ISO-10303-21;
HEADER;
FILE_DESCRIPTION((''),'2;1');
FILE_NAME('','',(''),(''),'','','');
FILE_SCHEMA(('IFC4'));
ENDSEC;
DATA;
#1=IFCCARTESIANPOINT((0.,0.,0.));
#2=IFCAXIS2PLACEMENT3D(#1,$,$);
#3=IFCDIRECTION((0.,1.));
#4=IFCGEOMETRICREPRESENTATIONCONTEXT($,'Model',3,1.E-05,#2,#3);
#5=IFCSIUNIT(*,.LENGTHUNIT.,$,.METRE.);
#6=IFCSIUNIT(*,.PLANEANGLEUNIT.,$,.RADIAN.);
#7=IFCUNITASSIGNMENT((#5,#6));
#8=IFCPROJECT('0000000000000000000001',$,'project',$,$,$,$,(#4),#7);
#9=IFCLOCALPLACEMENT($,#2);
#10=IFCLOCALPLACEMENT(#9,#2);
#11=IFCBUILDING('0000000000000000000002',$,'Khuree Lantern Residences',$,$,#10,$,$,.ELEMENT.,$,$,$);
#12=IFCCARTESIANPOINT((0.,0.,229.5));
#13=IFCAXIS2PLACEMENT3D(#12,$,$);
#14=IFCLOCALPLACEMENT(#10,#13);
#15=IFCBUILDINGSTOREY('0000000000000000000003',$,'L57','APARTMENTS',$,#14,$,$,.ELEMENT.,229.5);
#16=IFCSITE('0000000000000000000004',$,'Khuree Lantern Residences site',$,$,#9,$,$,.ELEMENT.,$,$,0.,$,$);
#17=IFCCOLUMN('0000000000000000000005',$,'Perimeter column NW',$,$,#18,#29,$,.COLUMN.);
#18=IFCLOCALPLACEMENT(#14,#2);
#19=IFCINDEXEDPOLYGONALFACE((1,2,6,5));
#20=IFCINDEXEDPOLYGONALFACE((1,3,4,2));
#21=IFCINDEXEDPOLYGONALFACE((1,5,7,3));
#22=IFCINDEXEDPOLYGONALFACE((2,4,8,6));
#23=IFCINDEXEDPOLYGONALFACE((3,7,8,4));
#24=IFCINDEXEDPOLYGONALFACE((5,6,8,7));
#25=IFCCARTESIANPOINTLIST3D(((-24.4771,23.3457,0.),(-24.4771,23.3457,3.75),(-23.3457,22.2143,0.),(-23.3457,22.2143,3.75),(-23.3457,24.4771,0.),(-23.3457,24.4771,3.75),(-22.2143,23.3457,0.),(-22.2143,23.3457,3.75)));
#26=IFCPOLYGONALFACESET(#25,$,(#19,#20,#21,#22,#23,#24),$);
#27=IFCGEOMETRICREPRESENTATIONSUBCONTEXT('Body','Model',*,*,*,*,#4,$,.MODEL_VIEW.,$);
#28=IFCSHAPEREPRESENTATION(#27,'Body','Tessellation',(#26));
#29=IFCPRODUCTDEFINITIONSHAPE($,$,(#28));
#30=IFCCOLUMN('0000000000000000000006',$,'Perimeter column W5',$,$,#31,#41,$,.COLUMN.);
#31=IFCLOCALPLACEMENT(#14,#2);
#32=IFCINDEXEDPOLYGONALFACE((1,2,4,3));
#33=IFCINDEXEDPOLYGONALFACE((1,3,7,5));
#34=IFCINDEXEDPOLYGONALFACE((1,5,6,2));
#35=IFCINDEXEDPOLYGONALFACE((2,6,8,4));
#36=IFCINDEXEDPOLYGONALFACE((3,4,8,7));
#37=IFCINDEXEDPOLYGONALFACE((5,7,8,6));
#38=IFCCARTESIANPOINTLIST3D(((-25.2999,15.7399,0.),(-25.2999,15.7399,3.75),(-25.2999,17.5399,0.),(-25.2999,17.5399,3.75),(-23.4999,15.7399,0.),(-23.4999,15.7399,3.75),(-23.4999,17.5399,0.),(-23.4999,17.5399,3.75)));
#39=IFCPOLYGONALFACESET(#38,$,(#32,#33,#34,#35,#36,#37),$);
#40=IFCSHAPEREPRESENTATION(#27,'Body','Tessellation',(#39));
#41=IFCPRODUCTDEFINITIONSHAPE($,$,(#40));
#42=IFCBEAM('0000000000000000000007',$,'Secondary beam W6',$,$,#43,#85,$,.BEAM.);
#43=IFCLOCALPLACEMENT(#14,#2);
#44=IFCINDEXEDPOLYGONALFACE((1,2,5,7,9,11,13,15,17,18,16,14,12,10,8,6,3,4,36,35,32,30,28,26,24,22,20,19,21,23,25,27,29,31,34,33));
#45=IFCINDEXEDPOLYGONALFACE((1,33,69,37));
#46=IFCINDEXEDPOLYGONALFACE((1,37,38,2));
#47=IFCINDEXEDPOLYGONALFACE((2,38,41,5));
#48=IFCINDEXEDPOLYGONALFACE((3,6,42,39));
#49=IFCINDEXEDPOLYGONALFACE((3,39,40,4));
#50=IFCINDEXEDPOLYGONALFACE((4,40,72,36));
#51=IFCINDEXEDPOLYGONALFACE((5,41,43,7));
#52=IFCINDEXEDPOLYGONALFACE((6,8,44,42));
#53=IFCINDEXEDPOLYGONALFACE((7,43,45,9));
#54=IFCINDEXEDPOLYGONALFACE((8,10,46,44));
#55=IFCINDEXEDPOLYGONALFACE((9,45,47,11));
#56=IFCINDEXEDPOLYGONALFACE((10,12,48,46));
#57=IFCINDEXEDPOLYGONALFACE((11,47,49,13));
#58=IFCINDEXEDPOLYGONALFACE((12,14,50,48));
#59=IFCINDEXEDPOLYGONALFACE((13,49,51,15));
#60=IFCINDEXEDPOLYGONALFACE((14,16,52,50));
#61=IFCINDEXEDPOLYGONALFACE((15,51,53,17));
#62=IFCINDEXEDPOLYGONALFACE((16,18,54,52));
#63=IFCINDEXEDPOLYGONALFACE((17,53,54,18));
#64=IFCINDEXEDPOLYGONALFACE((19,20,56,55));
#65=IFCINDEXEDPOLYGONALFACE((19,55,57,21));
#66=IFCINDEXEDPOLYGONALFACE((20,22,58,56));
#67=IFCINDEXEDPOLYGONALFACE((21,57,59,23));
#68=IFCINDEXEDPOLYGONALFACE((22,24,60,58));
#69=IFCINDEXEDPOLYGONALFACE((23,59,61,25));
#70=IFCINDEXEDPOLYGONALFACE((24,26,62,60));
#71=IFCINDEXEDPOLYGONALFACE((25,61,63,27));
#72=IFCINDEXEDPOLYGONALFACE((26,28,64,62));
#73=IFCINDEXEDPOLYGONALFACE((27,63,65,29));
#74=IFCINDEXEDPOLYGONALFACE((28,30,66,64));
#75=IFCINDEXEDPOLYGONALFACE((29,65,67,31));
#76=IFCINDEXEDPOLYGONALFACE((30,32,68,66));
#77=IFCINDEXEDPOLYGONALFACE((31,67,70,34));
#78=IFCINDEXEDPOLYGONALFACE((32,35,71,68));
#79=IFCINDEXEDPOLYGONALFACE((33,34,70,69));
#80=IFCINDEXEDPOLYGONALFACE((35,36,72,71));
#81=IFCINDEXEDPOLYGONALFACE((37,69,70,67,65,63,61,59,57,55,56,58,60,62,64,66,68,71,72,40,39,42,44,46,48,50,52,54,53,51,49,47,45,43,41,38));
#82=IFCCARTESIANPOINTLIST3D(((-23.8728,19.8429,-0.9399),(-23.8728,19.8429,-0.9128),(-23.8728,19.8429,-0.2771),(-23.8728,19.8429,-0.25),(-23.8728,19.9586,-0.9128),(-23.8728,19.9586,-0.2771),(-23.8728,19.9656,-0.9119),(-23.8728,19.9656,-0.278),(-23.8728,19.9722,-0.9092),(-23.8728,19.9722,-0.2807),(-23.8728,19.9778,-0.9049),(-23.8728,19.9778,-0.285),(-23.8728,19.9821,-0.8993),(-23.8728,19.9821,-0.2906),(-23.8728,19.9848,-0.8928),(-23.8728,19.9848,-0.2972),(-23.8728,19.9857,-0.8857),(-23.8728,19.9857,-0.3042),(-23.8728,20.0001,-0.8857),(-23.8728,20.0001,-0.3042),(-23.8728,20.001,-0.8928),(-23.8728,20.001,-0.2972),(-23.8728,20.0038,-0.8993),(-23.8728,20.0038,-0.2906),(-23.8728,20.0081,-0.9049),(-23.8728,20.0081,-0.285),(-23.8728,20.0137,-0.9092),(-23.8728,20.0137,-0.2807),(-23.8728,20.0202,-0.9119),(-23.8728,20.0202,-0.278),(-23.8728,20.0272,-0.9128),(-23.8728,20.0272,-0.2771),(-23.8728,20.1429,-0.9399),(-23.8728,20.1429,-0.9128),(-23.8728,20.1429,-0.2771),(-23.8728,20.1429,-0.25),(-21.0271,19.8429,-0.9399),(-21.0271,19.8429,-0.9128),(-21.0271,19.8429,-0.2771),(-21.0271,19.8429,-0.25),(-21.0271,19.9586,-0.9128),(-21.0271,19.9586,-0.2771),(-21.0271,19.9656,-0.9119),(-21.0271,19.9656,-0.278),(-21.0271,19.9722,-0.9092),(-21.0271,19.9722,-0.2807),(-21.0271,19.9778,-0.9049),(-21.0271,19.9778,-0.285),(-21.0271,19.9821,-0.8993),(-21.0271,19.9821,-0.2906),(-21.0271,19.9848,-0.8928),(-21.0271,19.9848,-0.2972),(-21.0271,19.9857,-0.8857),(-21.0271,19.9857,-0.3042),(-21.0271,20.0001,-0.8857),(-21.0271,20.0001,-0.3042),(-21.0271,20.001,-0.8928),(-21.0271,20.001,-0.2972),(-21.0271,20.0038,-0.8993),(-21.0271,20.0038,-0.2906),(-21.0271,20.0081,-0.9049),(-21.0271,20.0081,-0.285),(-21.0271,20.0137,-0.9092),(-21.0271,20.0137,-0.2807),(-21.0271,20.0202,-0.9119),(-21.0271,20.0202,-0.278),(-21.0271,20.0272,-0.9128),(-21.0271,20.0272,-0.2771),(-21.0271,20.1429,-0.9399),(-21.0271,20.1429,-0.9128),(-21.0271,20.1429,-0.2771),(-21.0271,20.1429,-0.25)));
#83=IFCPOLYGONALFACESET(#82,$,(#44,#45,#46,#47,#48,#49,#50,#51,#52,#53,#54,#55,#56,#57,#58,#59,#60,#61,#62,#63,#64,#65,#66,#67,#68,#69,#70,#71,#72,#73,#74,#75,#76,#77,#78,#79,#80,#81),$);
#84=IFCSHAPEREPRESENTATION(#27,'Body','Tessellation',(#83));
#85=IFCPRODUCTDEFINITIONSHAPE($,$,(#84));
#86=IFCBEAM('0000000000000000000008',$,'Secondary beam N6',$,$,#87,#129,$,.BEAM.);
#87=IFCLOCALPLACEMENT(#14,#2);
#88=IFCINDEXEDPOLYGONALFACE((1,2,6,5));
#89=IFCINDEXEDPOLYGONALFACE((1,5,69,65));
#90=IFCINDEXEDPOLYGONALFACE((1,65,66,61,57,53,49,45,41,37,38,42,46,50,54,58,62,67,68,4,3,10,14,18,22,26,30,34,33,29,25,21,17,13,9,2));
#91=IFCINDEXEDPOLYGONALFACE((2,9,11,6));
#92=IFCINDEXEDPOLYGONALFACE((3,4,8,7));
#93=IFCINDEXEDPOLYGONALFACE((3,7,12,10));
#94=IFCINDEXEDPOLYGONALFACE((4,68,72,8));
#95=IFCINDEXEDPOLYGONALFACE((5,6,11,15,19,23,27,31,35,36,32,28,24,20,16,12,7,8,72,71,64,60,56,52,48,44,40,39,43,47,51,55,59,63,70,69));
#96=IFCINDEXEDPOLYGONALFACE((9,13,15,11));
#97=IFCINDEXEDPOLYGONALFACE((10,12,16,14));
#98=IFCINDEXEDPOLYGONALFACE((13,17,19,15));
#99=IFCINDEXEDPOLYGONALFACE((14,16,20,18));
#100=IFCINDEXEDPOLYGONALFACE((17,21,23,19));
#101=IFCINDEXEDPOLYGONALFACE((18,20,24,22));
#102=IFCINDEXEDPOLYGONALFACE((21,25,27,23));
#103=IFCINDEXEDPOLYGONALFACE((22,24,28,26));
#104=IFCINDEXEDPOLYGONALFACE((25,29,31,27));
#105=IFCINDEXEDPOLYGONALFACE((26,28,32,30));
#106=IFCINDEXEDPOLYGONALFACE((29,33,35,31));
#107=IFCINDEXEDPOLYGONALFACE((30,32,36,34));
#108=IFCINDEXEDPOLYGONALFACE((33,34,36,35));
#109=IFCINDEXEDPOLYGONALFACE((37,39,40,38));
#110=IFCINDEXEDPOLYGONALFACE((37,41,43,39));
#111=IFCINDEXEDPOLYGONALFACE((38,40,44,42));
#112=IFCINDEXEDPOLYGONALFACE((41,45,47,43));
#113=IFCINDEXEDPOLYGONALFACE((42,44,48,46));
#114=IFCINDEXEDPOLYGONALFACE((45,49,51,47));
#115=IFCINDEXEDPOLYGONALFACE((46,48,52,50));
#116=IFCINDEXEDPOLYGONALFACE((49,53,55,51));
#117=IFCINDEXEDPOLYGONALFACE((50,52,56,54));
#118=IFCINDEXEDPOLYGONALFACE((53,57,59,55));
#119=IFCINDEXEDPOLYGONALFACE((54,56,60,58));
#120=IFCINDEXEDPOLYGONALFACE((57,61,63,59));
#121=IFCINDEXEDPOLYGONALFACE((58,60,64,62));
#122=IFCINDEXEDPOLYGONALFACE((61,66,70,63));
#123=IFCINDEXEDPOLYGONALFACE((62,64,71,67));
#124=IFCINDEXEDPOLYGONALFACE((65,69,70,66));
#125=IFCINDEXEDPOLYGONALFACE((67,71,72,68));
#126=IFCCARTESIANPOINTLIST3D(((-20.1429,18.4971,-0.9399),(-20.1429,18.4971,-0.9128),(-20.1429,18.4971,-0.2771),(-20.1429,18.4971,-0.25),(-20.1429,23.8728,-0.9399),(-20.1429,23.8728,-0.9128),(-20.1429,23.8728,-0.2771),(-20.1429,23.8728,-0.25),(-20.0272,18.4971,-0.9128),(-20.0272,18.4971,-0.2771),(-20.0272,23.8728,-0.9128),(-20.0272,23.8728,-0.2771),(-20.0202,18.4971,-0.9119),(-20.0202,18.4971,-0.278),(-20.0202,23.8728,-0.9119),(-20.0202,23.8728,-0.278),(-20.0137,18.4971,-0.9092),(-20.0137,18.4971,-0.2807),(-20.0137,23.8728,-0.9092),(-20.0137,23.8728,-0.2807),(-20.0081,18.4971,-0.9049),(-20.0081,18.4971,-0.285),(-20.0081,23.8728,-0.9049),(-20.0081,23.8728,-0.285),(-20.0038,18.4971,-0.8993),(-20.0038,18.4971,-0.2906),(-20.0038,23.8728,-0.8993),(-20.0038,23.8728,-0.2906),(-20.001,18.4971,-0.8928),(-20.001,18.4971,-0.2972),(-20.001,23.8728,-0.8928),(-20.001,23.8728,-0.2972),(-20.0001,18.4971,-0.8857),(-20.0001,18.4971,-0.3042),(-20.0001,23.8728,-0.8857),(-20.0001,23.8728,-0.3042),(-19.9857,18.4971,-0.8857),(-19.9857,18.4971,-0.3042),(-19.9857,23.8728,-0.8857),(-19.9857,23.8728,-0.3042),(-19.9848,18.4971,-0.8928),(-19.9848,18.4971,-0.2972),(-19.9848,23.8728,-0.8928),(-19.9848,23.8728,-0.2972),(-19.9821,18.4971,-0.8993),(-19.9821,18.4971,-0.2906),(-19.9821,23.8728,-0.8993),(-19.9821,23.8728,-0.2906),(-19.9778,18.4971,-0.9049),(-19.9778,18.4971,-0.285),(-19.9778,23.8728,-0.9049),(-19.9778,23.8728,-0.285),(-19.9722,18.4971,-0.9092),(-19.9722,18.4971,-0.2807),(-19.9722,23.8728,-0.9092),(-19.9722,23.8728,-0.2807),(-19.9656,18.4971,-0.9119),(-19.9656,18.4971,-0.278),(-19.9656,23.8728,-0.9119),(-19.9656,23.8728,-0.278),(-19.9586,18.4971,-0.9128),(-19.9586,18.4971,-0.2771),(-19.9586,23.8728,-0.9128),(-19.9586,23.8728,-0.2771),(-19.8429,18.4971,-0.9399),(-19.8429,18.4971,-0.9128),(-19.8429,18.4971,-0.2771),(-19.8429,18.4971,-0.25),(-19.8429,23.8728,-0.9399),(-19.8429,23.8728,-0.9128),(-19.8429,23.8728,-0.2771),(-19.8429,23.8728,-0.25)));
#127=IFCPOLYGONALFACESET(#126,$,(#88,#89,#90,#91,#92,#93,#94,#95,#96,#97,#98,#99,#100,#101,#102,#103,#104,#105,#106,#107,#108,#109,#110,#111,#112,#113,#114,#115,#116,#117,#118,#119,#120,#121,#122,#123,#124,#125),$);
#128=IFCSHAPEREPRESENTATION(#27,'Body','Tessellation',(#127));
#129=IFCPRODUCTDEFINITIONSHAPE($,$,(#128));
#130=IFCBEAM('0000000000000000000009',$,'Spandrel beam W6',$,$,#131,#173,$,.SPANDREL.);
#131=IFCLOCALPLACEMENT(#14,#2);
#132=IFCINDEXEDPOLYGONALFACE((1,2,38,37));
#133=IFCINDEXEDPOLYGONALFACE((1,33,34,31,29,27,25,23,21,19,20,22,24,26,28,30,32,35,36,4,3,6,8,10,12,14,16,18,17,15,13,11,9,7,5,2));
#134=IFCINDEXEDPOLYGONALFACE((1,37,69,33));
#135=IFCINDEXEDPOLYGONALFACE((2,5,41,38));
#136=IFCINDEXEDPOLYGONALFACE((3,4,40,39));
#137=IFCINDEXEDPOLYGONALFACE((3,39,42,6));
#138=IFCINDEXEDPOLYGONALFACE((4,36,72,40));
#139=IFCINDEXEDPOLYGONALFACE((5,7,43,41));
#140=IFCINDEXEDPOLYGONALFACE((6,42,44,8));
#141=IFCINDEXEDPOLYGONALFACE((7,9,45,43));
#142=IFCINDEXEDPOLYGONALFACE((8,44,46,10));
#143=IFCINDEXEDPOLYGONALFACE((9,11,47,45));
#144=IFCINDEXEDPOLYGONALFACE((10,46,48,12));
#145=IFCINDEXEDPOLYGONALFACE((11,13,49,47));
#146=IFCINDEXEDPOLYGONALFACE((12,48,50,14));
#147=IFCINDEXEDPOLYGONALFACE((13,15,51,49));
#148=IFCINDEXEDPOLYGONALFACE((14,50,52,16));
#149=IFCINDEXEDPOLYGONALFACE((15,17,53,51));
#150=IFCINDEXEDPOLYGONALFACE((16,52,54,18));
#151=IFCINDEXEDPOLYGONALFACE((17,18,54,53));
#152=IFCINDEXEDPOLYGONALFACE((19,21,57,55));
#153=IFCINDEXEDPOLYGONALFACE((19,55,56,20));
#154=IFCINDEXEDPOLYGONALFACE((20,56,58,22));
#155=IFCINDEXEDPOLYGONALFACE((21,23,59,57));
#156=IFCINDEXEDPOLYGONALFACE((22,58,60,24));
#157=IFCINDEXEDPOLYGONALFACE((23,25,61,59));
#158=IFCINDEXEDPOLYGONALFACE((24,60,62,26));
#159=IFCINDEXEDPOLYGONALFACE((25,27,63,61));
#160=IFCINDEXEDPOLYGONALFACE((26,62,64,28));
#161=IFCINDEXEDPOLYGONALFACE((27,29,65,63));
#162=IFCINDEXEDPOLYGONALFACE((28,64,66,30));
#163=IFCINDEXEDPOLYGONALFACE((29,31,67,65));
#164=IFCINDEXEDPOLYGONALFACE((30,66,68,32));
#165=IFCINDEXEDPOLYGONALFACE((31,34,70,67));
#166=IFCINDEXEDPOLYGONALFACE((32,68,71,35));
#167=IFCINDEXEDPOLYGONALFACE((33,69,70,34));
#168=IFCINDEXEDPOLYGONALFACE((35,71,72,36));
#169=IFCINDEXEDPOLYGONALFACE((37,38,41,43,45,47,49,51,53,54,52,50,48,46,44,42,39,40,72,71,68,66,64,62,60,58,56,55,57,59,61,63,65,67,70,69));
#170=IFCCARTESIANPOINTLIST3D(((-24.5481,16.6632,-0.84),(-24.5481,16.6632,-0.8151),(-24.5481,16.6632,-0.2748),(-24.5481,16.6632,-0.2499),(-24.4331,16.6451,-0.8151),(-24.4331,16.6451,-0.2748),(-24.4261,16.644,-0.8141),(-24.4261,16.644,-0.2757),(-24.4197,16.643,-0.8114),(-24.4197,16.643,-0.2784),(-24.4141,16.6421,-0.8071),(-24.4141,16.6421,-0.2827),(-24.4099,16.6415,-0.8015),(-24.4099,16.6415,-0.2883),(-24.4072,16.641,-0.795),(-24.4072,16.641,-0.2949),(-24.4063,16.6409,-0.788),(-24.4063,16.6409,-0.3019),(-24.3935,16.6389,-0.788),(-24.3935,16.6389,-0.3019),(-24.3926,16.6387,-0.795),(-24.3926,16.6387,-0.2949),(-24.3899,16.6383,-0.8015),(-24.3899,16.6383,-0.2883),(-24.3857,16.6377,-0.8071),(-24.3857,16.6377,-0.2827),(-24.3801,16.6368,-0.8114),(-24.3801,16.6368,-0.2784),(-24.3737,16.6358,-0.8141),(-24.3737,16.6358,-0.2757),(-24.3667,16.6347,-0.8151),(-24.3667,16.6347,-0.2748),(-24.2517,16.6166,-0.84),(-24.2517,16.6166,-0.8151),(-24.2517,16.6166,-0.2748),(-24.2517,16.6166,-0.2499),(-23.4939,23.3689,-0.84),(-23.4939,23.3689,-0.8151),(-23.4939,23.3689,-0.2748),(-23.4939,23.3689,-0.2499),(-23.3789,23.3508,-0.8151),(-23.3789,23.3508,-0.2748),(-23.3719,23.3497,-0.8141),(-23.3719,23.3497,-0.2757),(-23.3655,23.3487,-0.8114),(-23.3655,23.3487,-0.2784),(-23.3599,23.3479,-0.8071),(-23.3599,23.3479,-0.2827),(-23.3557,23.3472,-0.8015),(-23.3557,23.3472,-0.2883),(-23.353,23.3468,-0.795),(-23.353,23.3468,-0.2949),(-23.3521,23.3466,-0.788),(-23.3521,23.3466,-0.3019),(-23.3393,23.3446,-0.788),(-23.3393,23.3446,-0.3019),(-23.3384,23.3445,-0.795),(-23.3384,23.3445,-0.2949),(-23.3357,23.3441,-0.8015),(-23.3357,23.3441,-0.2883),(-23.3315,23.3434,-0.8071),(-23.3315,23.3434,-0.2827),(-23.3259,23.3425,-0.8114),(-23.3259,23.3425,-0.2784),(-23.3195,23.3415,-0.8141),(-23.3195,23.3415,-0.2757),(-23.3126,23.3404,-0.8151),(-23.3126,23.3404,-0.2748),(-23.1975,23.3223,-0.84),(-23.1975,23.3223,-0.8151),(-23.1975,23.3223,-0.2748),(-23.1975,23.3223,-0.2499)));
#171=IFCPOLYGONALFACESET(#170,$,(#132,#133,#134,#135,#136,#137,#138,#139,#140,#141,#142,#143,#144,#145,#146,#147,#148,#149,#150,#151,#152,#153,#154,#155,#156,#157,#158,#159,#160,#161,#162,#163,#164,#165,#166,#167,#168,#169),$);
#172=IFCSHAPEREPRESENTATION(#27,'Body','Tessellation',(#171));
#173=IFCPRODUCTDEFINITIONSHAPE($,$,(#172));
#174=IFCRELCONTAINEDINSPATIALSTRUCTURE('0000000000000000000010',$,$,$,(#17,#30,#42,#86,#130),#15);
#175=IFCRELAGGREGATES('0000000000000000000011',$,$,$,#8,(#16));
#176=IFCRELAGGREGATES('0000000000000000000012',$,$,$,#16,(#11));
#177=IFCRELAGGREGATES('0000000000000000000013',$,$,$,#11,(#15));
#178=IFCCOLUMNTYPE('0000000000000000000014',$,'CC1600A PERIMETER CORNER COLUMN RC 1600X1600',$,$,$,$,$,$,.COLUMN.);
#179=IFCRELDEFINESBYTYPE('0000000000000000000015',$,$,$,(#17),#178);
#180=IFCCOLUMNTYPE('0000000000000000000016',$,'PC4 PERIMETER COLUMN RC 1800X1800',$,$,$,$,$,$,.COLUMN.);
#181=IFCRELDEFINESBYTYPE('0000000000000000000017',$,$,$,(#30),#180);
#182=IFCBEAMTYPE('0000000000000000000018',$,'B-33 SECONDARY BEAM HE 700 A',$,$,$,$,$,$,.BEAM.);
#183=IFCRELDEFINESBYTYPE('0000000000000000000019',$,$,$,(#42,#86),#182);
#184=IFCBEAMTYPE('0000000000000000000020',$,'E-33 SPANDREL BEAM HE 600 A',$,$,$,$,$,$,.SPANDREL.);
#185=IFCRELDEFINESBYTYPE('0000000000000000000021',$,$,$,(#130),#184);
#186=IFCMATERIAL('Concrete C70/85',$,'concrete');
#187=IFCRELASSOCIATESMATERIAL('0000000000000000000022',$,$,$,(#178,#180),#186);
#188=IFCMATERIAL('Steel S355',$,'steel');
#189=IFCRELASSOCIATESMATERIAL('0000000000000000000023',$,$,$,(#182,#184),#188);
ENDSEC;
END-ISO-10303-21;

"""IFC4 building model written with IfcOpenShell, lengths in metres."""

from ifc_helpers import new_model, si_unit, direction, frame, origin, origin_2d, place, context, subcontext, project, spatial, rectangle, i_section, extrude, material, material_profile, profile_set, type_object, element, save


model = new_model("IFC4")

# Units and contexts
model_context = context("Model", 3, precision=1e-05, world=origin(), true_north=direction((0.0, 1.0)))
body_context = subcontext(model_context, "Body", "Model", "MODEL_VIEW")
ifc_project = project(units=[si_unit("LENGTHUNIT", "METRE"), si_unit("PLANEANGLEUNIT", "RADIAN")], contexts=[model_context])

# Site, building, storey
site_placement = place(None, origin())
site = spatial("IfcSite", under=ifc_project, at=site_placement, Name="Khuree Lantern Residences site", CompositionType="ELEMENT", RefElevation=0.0)
building_placement = place(site_placement, origin())
building = spatial("IfcBuilding", under=site, at=building_placement, Name="Khuree Lantern Residences", CompositionType="ELEMENT")
storey_placement = place(building_placement, frame((0.0, 0.0, 229.5)))
storey = spatial("IfcBuildingStorey", under=building, at=storey_placement, Name="L57", Description="APARTMENTS", CompositionType="ELEMENT", Elevation=229.5)

# Columns
ifc_material_1 = material(Name="Concrete C70/85", Category="concrete")
ifc_material_profile_1 = material_profile(ifc_material_1, rectangle(XDim=1.6001, YDim=1.6001, at=origin_2d()), Name="RC 1600X1600")
ifc_profile_set_1 = profile_set([ifc_material_profile_1], Name="Concrete C70/85")
column_type_1 = type_object("IfcColumnType", Name="CC1600A PERIMETER CORNER COLUMN RC 1600X1600", PredefinedType="COLUMN", material=ifc_profile_set_1)
column_1_placement = place(storey_placement, frame((-23.3457, 23.3457, 0.0), z_axis=(0.0, 0.0, 1.0), x_axis=(0.707107, 0.707107, 0.0)))
element("IfcColumn", 1, at=column_1_placement, inside=storey, type_object=column_type_1, Name="Perimeter column NW", PredefinedType="COLUMN", context=body_context, shape_type="SweptSolid", body=[
    extrude(rectangle(XDim=1.6001, YDim=1.6001, at=origin_2d()), origin(), (0.0, 0.0, 1.0), 3.75),
])
ifc_material_profile_2 = material_profile(ifc_material_1, rectangle(XDim=1.8, YDim=1.8, at=origin_2d()), Name="RC 1800X1800")
ifc_profile_set_2 = profile_set([ifc_material_profile_2], Name="Concrete C70/85")
column_type_2 = type_object("IfcColumnType", Name="PC4 PERIMETER COLUMN RC 1800X1800", PredefinedType="COLUMN", material=ifc_profile_set_2)
column_2_placement = place(storey_placement, frame((-24.3999, 16.6399, 0.0), z_axis=(0.0, 0.0, 1.0), x_axis=(0.0, 1.0, 0.0)))
element("IfcColumn", 2, at=column_2_placement, inside=storey, type_object=column_type_2, Name="Perimeter column W5", PredefinedType="COLUMN", context=body_context, shape_type="SweptSolid", body=[
    extrude(rectangle(XDim=1.8, YDim=1.8, at=origin_2d()), origin(), (0.0, 0.0, 1.0), 3.75),
])

# Beams
ifc_material_2 = material(Name="Steel S355", Category="steel")
ifc_material_profile_3 = material_profile(ifc_material_2, i_section(OverallWidth=0.3, OverallDepth=0.6899, WebThickness=0.0144, FlangeThickness=0.0271, FilletRadius=0.0271, at=origin_2d()), Name="HE 700 A")
ifc_profile_set_3 = profile_set([ifc_material_profile_3], Name="Steel S355")
beam_type_1 = type_object("IfcBeamType", Name="B-33 SECONDARY BEAM HE 700 A", PredefinedType="BEAM", material=ifc_profile_set_3)
beam_1_placement = place(storey_placement, frame((-23.8728, 19.9929, -0.595), z_axis=(1.0, 0.0, 0.0), x_axis=(0.0, 1.0, 0.0)))
element("IfcBeam", 3, at=beam_1_placement, inside=storey, type_object=beam_type_1, Name="Secondary beam W6", PredefinedType="BEAM", context=body_context, shape_type="SweptSolid", body=[
    extrude(i_section(OverallWidth=0.3, OverallDepth=0.6899, WebThickness=0.0144, FlangeThickness=0.0271, FilletRadius=0.0271, at=origin_2d()), origin(), (0.0, 0.0, 1.0), 2.8457),
])
beam_2_placement = place(storey_placement, frame((-19.9929, 23.8728, -0.595), z_axis=(0.0, -1.0, 0.0), x_axis=(1.0, 0.0, 0.0)))
element("IfcBeam", 4, at=beam_2_placement, inside=storey, type_object=beam_type_1, Name="Secondary beam N6", PredefinedType="BEAM", context=body_context, shape_type="SweptSolid", body=[
    extrude(i_section(OverallWidth=0.3, OverallDepth=0.6899, WebThickness=0.0144, FlangeThickness=0.0271, FilletRadius=0.0271, at=origin_2d()), origin(), (0.0, 0.0, 1.0), 5.3757),
])
ifc_material_profile_4 = material_profile(ifc_material_2, i_section(OverallWidth=0.3, OverallDepth=0.5901, WebThickness=0.0129, FlangeThickness=0.0249, FilletRadius=0.0271, at=origin_2d()), Name="HE 600 A")
ifc_profile_set_4 = profile_set([ifc_material_profile_4], Name="Steel S355")
beam_type_2 = type_object("IfcBeamType", Name="E-33 SPANDREL BEAM HE 600 A", PredefinedType="SPANDREL", material=ifc_profile_set_4)
for number, where, z_axis, x_axis, name in (
    (5, (-24.3999, 16.6399, -0.5449), (0.1553, 0.987867, 0.0), (-0.987867, 0.1553, 0.0), "Spandrel beam W6"),
):
    element("IfcBeam", number, at=place(storey_placement, frame(where, z_axis=z_axis, x_axis=x_axis)), inside=storey, type_object=beam_type_2, Name=name, PredefinedType="SPANDREL", context=body_context, shape_type="SweptSolid", body=[
        extrude(i_section(OverallWidth=0.3, OverallDepth=0.5901, WebThickness=0.0129, FlangeThickness=0.0249, FilletRadius=0.0271, at=origin_2d()), origin(), (0.0, 0.0, 1.0), 6.7881),
    ])

save(model, "model.ifc")
